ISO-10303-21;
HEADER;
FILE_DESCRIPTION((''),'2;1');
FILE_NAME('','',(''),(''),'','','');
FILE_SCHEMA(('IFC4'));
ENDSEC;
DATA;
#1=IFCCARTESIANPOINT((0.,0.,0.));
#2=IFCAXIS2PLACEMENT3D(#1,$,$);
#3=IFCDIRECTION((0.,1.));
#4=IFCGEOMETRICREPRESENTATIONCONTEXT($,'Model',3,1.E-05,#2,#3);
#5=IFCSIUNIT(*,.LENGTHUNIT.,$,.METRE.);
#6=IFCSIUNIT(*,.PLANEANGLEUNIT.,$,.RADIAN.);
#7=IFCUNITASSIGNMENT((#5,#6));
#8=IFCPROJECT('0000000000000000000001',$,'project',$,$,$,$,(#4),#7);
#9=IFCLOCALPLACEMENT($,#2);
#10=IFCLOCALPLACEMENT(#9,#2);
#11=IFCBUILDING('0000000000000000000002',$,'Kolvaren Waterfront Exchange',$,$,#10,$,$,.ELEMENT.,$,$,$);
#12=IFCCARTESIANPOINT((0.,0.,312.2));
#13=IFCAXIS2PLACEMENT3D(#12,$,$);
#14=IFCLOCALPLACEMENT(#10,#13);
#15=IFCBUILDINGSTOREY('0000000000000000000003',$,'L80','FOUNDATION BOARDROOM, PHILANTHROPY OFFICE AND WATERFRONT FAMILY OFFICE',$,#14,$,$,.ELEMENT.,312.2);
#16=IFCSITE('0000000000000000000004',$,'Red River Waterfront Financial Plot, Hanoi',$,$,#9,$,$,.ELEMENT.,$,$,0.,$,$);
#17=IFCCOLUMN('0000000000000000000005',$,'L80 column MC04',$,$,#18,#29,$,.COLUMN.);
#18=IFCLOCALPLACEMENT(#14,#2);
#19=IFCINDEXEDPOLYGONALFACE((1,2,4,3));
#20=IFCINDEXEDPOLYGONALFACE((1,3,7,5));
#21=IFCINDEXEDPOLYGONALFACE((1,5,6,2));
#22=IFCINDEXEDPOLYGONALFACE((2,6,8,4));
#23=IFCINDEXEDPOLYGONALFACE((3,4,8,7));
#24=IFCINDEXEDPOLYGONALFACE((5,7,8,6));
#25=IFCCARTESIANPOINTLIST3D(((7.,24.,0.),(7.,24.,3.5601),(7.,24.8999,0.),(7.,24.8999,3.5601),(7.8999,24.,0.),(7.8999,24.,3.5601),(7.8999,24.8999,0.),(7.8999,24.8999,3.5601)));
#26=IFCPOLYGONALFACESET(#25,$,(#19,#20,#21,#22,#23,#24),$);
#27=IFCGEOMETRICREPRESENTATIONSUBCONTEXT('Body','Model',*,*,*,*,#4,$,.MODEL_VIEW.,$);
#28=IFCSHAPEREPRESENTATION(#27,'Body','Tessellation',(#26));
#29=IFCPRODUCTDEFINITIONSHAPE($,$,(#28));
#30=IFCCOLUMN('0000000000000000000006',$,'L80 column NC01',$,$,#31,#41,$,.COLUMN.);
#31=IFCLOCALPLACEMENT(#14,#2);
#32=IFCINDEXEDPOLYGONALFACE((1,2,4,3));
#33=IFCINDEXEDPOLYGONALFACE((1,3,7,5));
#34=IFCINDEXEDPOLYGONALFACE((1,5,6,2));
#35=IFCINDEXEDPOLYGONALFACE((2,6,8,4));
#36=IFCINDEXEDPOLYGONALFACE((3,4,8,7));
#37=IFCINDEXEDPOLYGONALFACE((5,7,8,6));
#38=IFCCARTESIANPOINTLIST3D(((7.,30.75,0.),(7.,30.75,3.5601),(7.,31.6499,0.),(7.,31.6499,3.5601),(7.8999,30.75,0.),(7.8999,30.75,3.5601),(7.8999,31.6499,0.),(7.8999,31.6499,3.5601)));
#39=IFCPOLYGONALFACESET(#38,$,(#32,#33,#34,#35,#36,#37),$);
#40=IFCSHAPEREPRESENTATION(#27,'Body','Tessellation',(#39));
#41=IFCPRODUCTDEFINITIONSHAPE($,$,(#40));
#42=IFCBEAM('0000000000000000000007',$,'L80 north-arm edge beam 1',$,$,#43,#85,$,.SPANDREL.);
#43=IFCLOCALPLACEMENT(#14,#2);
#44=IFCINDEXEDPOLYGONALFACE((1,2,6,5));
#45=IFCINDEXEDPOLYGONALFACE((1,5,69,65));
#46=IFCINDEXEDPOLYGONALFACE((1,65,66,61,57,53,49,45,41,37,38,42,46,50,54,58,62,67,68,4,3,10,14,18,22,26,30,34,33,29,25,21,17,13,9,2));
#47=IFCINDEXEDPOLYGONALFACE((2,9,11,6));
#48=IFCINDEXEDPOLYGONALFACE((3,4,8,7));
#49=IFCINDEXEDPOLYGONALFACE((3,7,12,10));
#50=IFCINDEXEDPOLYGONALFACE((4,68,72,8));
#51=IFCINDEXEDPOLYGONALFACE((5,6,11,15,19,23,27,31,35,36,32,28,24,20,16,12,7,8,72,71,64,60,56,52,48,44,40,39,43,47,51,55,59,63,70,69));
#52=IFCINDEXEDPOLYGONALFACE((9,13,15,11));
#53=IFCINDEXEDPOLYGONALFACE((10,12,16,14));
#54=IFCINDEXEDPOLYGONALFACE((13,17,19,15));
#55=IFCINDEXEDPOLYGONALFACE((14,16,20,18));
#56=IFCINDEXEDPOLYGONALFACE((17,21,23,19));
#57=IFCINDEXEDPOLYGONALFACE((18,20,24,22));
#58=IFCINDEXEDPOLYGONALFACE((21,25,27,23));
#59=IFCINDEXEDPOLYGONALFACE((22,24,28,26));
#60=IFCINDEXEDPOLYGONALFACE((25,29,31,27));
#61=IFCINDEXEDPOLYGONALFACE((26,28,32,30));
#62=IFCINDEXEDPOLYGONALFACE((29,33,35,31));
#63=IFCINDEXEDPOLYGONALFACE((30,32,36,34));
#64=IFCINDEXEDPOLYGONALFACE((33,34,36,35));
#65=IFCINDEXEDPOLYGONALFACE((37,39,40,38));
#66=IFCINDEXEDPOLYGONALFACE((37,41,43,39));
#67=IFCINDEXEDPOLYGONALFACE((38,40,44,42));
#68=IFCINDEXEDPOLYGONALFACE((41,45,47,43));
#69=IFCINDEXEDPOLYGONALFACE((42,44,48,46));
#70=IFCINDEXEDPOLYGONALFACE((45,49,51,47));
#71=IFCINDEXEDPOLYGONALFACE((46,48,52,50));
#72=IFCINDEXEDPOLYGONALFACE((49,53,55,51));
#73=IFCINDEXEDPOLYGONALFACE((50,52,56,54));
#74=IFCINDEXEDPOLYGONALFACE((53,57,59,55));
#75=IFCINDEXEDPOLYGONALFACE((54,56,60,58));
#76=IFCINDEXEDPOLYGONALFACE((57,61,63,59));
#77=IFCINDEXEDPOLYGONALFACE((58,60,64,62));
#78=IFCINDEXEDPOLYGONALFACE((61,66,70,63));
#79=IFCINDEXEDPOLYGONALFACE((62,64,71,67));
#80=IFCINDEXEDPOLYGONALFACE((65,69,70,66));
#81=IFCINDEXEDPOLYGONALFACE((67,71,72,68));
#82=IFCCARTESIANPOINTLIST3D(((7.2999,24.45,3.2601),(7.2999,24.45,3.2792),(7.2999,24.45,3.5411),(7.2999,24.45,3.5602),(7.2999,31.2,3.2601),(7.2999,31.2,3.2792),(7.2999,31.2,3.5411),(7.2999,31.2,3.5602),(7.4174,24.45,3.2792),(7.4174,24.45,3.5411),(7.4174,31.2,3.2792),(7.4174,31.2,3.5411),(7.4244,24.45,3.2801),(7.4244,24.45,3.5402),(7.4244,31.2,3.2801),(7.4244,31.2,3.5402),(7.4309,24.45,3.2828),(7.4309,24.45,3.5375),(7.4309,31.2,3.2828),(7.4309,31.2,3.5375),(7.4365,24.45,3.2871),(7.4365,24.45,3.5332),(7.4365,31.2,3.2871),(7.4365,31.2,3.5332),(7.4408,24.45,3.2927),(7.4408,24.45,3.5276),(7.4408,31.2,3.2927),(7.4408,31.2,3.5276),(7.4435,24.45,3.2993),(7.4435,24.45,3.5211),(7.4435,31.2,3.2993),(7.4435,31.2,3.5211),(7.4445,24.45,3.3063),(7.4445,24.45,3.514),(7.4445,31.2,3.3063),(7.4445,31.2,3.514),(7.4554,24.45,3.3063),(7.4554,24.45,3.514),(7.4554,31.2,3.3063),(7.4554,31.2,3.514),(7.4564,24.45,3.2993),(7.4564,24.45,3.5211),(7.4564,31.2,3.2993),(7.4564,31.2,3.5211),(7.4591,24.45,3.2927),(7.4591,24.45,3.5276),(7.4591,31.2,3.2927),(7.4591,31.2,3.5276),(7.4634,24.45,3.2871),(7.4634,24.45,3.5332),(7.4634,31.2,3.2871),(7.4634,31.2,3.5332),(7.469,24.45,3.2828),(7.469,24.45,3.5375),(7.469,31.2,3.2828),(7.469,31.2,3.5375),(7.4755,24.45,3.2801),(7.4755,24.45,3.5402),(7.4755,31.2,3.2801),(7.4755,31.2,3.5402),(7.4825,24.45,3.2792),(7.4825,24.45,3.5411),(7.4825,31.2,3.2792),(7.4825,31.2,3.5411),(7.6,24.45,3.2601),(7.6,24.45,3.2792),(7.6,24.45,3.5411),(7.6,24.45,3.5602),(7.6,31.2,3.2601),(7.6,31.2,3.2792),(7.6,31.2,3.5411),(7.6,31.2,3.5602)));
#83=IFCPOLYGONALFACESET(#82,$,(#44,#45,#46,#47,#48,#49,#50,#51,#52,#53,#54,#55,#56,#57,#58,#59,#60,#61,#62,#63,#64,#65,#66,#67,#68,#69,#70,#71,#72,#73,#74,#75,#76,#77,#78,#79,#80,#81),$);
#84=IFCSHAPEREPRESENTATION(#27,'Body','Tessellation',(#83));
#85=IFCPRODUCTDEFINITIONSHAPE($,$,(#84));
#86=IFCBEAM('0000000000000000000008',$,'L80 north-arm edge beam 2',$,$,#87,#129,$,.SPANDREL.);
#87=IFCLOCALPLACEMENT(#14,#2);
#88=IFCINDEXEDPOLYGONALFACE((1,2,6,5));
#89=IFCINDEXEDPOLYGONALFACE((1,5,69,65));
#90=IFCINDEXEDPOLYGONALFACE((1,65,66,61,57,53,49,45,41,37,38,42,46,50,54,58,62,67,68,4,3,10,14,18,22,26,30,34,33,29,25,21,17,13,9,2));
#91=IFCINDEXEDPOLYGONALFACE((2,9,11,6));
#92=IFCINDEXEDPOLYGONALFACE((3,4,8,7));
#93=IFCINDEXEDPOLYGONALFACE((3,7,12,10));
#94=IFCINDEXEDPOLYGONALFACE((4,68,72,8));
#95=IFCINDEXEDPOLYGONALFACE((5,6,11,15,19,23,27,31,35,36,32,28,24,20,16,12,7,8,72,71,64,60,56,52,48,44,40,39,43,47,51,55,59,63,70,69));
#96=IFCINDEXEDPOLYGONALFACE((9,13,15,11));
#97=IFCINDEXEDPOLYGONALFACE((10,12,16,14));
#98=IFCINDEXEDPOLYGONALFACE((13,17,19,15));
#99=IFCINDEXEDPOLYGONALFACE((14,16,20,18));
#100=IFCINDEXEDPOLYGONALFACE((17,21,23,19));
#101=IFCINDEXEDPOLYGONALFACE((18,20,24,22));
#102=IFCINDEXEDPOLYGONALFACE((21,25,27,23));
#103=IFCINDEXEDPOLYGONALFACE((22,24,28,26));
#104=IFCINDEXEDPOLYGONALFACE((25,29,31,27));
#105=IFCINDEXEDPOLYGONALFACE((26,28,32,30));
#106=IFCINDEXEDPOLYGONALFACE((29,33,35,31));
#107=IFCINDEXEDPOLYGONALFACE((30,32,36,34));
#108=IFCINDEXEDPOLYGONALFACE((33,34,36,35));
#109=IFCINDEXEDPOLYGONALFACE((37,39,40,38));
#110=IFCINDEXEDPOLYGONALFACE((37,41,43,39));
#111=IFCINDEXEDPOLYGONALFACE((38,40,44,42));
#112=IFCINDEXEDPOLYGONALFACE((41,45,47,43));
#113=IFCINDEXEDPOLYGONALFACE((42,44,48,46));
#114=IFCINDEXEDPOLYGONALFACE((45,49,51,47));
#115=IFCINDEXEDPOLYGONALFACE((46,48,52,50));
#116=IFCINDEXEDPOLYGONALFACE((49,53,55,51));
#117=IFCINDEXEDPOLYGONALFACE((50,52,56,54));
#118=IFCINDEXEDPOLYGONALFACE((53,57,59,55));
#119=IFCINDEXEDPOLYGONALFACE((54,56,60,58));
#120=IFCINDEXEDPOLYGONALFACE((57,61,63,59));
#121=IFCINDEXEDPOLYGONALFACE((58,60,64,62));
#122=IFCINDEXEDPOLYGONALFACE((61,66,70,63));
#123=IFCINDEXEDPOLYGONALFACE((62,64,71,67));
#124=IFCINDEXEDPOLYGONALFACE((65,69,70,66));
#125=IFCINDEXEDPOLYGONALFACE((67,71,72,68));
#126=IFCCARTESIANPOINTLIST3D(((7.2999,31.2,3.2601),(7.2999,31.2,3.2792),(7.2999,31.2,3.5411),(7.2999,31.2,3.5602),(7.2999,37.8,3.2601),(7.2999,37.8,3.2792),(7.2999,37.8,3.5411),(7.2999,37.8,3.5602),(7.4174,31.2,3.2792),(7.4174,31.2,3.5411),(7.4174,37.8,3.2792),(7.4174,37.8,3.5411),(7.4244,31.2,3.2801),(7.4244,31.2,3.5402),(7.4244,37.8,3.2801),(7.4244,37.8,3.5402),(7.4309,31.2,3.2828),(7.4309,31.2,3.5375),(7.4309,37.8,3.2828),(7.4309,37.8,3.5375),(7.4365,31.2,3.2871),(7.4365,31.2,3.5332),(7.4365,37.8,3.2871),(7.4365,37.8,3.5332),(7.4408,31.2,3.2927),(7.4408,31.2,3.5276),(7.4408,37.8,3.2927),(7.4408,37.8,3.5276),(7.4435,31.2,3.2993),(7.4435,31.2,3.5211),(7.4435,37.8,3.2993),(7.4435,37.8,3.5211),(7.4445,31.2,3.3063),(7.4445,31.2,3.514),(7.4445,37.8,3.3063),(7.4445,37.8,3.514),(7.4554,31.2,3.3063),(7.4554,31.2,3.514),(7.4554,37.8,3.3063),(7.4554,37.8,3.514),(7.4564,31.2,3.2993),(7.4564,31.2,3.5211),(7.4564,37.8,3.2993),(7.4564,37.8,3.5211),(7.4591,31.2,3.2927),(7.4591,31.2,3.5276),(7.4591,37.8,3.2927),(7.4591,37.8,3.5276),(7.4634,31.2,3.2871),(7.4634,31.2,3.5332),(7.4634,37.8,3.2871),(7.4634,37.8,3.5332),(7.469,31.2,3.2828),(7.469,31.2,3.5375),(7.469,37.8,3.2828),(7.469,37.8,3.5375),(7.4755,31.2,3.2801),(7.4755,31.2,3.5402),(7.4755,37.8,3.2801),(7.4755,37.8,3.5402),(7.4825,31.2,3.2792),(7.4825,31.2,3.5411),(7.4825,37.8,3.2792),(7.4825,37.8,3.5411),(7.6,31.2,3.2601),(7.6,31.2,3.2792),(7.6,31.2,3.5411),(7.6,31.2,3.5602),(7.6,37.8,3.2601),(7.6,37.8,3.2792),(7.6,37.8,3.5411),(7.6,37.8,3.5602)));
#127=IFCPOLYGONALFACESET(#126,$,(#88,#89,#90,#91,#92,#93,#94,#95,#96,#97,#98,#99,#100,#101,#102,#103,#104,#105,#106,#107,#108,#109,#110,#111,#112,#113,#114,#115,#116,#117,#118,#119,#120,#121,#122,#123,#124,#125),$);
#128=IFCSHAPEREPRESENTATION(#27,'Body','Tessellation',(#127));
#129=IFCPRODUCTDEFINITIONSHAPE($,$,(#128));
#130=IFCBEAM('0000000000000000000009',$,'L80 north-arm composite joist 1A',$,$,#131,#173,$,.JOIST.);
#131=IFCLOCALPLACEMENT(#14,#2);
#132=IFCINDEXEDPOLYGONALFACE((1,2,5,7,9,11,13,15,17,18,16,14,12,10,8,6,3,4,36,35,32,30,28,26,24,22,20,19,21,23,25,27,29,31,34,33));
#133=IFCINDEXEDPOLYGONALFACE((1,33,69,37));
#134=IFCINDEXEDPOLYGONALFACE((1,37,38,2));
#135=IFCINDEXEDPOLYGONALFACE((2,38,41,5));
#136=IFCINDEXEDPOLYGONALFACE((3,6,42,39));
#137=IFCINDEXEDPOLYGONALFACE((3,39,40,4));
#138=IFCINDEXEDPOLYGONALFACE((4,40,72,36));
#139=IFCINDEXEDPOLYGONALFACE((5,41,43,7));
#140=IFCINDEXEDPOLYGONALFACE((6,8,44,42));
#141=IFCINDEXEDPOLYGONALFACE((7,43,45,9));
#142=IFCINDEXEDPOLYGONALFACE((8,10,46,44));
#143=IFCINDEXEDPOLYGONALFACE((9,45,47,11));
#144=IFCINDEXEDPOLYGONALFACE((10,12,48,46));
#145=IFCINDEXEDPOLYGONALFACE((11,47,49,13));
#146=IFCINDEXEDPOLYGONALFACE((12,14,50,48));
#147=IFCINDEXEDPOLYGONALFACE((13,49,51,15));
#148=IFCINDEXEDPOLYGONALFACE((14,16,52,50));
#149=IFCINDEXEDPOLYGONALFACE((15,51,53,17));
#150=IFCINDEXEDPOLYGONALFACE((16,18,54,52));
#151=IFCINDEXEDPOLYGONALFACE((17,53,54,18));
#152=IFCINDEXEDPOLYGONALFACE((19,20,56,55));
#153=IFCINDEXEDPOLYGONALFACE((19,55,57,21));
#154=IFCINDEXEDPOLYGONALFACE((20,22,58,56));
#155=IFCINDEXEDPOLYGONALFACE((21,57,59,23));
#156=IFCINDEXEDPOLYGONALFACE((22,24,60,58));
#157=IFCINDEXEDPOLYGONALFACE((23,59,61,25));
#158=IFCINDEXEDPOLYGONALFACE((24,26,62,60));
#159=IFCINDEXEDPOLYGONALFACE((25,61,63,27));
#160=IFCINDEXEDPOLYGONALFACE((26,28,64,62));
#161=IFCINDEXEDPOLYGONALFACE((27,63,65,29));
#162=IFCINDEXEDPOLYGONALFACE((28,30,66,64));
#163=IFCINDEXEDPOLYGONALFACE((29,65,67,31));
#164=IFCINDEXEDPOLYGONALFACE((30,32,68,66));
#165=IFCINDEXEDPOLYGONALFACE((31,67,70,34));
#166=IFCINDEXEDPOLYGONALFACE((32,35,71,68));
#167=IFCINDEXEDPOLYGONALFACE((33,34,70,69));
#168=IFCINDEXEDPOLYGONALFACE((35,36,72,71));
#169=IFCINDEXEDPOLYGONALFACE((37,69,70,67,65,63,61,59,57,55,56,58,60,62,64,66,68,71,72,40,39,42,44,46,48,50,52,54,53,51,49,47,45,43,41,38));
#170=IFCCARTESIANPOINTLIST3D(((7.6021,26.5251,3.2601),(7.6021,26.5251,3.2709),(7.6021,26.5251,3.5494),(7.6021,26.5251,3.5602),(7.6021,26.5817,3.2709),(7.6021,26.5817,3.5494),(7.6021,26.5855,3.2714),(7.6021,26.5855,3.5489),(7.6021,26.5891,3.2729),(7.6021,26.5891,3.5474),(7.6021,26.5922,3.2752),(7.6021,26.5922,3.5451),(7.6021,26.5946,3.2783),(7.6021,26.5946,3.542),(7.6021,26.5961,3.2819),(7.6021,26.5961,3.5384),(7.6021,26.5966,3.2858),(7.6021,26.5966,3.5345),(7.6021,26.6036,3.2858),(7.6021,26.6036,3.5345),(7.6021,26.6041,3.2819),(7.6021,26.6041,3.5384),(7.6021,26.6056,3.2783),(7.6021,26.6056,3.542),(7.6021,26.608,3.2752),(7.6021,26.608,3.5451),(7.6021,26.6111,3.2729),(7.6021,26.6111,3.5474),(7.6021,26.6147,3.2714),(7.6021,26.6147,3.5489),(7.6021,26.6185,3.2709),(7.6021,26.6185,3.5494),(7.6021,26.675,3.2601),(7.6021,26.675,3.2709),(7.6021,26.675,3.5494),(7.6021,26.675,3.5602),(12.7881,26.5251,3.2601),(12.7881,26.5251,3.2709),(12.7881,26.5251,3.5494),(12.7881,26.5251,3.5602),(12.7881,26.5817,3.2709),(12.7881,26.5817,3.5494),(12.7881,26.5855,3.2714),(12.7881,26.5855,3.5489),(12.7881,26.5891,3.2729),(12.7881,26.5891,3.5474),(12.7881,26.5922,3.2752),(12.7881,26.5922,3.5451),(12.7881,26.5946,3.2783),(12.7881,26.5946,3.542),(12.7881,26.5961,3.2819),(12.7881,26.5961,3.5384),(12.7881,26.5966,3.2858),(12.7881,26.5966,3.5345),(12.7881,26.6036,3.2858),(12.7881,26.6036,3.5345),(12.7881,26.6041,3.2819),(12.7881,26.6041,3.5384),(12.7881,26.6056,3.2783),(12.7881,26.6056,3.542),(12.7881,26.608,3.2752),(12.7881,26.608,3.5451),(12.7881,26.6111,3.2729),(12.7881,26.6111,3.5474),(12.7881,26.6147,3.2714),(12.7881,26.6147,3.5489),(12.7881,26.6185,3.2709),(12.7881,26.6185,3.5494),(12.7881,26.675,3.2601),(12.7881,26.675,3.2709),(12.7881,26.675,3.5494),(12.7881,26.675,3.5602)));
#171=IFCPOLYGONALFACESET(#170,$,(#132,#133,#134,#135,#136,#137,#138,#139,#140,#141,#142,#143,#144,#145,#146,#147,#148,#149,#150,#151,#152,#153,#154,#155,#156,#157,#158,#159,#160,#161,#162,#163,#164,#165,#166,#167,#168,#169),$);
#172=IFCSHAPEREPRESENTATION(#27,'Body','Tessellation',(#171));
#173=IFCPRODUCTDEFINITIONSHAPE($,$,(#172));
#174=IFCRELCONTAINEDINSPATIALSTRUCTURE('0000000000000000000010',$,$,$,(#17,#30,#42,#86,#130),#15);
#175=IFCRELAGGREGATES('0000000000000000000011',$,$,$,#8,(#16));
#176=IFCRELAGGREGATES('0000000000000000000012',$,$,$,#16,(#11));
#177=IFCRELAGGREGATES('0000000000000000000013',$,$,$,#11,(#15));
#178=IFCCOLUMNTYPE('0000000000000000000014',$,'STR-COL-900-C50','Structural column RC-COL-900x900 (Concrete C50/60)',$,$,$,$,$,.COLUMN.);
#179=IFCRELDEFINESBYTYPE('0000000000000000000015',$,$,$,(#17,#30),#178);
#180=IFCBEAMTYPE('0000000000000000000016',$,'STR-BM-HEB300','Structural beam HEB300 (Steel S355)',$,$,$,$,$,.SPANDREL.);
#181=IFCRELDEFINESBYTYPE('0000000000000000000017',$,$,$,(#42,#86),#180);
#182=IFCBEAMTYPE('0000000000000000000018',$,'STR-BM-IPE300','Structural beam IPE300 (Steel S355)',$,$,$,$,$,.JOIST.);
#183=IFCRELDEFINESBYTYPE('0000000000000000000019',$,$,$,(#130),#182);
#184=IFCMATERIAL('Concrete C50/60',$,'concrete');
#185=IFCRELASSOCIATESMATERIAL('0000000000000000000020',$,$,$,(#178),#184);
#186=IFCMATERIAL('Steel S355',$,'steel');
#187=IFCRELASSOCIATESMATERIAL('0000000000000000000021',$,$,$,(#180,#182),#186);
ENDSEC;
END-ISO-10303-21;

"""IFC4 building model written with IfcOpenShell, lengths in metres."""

from ifc_helpers import new_model, si_unit, direction, frame, origin, origin_2d, place, context, subcontext, project, spatial, rectangle, i_section, extrude, material, material_profile, profile_set, type_object, element, save


model = new_model("IFC4")

# Units and contexts
model_context = context("Model", 3, precision=1e-05, world=origin(), true_north=direction((0.0, 1.0)))
body_context = subcontext(model_context, "Body", "Model", "MODEL_VIEW")
ifc_project = project(units=[si_unit("LENGTHUNIT", "METRE"), si_unit("PLANEANGLEUNIT", "RADIAN")], contexts=[model_context])

# Site, building, storey
site_placement = place(None, origin())
site = spatial("IfcSite", under=ifc_project, at=site_placement, Name="Red River Waterfront Financial Plot, Hanoi", CompositionType="ELEMENT", RefElevation=0.0)
building_placement = place(site_placement, origin())
building = spatial("IfcBuilding", under=site, at=building_placement, Name="Kolvaren Waterfront Exchange", CompositionType="ELEMENT")
storey_placement = place(building_placement, frame((0.0, 0.0, 312.2)))
storey = spatial("IfcBuildingStorey", under=building, at=storey_placement, Name="L80", Description="FOUNDATION BOARDROOM, PHILANTHROPY OFFICE AND WATERFRONT FAMILY OFFICE", CompositionType="ELEMENT", Elevation=312.2)

# Columns
ifc_material_1 = material(Name="Concrete C50/60", Category="concrete")
ifc_material_profile_1 = material_profile(ifc_material_1, rectangle(XDim=0.8999, YDim=0.8999, at=origin_2d()), Name="RC-COL-900x900")
ifc_profile_set_1 = profile_set([ifc_material_profile_1], Name="Concrete C50/60")
column_type = type_object("IfcColumnType", Name="STR-COL-900-C50", Description="Structural column RC-COL-900x900 (Concrete C50/60)", PredefinedType="COLUMN", material=ifc_profile_set_1)
for number, where, z_axis, x_axis, name in (
    (1, (7.45, 24.45, 0.0), (0.0, 0.0, 1.0), (1.0, 0.0, 0.0), "L80 column MC04"),
    (2, (7.45, 31.2, 0.0), (0.0, 0.0, 1.0), (1.0, 0.0, 0.0), "L80 column NC01"),
):
    element("IfcColumn", number, at=place(storey_placement, frame(where, z_axis=z_axis, x_axis=x_axis)), inside=storey, type_object=column_type, Name=name, PredefinedType="COLUMN", context=body_context, shape_type="SweptSolid", body=[
        extrude(rectangle(XDim=0.8999, YDim=0.8999, at=origin_2d()), origin(), (0.0, 0.0, 1.0), 3.5601),
    ])

# Beams
ifc_material_2 = material(Name="Steel S355", Category="steel")
ifc_material_profile_2 = material_profile(ifc_material_2, i_section(OverallWidth=0.3, OverallDepth=0.3, WebThickness=0.011, FlangeThickness=0.019, FilletRadius=0.0271, at=origin_2d()), Name="HEB300")
ifc_profile_set_2 = profile_set([ifc_material_profile_2], Name="Steel S355")
beam_type_1 = type_object("IfcBeamType", Name="STR-BM-HEB300", Description="Structural beam HEB300 (Steel S355)", PredefinedType="SPANDREL", material=ifc_profile_set_2)
beam_1_placement = place(storey_placement, frame((7.45, 24.45, 3.4102), z_axis=(0.0, 1.0, 0.0), x_axis=(-1.0, 0.0, 0.0)))
element("IfcBeam", 3, at=beam_1_placement, inside=storey, type_object=beam_type_1, Name="L80 north-arm edge beam 1", PredefinedType="SPANDREL", context=body_context, shape_type="SweptSolid", body=[
    extrude(i_section(OverallWidth=0.3, OverallDepth=0.3, WebThickness=0.011, FlangeThickness=0.019, FilletRadius=0.0271, at=origin_2d()), origin(), (0.0, 0.0, 1.0), 6.75),
])
beam_2_placement = place(storey_placement, frame((7.45, 31.2, 3.4102), z_axis=(0.0, 1.0, 0.0), x_axis=(-1.0, 0.0, 0.0)))
element("IfcBeam", 4, at=beam_2_placement, inside=storey, type_object=beam_type_1, Name="L80 north-arm edge beam 2", PredefinedType="SPANDREL", context=body_context, shape_type="SweptSolid", body=[
    extrude(i_section(OverallWidth=0.3, OverallDepth=0.3, WebThickness=0.011, FlangeThickness=0.019, FilletRadius=0.0271, at=origin_2d()), origin(), (0.0, 0.0, 1.0), 6.6001),
])
ifc_material_profile_3 = material_profile(ifc_material_2, i_section(OverallWidth=0.1499, OverallDepth=0.3, WebThickness=0.0071, FlangeThickness=0.0107, FilletRadius=0.0149, at=origin_2d()), Name="IPE300")
ifc_profile_set_3 = profile_set([ifc_material_profile_3], Name="Steel S355")
beam_type_2 = type_object("IfcBeamType", Name="STR-BM-IPE300", Description="Structural beam IPE300 (Steel S355)", PredefinedType="JOIST", material=ifc_profile_set_3)
for number, where, z_axis, x_axis, name in (
    (5, (7.6021, 26.6001, 3.4102), (1.0, 0.0, 0.0), (0.0, 1.0, 0.0), "L80 north-arm composite joist 1A"),
):
    element("IfcBeam", number, at=place(storey_placement, frame(where, z_axis=z_axis, x_axis=x_axis)), inside=storey, type_object=beam_type_2, Name=name, PredefinedType="JOIST", context=body_context, shape_type="SweptSolid", body=[
        extrude(i_section(OverallWidth=0.1499, OverallDepth=0.3, WebThickness=0.0071, FlangeThickness=0.0107, FilletRadius=0.0149, at=origin_2d()), origin(), (0.0, 0.0, 1.0), 5.186),
    ])

save(model, "model.ifc")
